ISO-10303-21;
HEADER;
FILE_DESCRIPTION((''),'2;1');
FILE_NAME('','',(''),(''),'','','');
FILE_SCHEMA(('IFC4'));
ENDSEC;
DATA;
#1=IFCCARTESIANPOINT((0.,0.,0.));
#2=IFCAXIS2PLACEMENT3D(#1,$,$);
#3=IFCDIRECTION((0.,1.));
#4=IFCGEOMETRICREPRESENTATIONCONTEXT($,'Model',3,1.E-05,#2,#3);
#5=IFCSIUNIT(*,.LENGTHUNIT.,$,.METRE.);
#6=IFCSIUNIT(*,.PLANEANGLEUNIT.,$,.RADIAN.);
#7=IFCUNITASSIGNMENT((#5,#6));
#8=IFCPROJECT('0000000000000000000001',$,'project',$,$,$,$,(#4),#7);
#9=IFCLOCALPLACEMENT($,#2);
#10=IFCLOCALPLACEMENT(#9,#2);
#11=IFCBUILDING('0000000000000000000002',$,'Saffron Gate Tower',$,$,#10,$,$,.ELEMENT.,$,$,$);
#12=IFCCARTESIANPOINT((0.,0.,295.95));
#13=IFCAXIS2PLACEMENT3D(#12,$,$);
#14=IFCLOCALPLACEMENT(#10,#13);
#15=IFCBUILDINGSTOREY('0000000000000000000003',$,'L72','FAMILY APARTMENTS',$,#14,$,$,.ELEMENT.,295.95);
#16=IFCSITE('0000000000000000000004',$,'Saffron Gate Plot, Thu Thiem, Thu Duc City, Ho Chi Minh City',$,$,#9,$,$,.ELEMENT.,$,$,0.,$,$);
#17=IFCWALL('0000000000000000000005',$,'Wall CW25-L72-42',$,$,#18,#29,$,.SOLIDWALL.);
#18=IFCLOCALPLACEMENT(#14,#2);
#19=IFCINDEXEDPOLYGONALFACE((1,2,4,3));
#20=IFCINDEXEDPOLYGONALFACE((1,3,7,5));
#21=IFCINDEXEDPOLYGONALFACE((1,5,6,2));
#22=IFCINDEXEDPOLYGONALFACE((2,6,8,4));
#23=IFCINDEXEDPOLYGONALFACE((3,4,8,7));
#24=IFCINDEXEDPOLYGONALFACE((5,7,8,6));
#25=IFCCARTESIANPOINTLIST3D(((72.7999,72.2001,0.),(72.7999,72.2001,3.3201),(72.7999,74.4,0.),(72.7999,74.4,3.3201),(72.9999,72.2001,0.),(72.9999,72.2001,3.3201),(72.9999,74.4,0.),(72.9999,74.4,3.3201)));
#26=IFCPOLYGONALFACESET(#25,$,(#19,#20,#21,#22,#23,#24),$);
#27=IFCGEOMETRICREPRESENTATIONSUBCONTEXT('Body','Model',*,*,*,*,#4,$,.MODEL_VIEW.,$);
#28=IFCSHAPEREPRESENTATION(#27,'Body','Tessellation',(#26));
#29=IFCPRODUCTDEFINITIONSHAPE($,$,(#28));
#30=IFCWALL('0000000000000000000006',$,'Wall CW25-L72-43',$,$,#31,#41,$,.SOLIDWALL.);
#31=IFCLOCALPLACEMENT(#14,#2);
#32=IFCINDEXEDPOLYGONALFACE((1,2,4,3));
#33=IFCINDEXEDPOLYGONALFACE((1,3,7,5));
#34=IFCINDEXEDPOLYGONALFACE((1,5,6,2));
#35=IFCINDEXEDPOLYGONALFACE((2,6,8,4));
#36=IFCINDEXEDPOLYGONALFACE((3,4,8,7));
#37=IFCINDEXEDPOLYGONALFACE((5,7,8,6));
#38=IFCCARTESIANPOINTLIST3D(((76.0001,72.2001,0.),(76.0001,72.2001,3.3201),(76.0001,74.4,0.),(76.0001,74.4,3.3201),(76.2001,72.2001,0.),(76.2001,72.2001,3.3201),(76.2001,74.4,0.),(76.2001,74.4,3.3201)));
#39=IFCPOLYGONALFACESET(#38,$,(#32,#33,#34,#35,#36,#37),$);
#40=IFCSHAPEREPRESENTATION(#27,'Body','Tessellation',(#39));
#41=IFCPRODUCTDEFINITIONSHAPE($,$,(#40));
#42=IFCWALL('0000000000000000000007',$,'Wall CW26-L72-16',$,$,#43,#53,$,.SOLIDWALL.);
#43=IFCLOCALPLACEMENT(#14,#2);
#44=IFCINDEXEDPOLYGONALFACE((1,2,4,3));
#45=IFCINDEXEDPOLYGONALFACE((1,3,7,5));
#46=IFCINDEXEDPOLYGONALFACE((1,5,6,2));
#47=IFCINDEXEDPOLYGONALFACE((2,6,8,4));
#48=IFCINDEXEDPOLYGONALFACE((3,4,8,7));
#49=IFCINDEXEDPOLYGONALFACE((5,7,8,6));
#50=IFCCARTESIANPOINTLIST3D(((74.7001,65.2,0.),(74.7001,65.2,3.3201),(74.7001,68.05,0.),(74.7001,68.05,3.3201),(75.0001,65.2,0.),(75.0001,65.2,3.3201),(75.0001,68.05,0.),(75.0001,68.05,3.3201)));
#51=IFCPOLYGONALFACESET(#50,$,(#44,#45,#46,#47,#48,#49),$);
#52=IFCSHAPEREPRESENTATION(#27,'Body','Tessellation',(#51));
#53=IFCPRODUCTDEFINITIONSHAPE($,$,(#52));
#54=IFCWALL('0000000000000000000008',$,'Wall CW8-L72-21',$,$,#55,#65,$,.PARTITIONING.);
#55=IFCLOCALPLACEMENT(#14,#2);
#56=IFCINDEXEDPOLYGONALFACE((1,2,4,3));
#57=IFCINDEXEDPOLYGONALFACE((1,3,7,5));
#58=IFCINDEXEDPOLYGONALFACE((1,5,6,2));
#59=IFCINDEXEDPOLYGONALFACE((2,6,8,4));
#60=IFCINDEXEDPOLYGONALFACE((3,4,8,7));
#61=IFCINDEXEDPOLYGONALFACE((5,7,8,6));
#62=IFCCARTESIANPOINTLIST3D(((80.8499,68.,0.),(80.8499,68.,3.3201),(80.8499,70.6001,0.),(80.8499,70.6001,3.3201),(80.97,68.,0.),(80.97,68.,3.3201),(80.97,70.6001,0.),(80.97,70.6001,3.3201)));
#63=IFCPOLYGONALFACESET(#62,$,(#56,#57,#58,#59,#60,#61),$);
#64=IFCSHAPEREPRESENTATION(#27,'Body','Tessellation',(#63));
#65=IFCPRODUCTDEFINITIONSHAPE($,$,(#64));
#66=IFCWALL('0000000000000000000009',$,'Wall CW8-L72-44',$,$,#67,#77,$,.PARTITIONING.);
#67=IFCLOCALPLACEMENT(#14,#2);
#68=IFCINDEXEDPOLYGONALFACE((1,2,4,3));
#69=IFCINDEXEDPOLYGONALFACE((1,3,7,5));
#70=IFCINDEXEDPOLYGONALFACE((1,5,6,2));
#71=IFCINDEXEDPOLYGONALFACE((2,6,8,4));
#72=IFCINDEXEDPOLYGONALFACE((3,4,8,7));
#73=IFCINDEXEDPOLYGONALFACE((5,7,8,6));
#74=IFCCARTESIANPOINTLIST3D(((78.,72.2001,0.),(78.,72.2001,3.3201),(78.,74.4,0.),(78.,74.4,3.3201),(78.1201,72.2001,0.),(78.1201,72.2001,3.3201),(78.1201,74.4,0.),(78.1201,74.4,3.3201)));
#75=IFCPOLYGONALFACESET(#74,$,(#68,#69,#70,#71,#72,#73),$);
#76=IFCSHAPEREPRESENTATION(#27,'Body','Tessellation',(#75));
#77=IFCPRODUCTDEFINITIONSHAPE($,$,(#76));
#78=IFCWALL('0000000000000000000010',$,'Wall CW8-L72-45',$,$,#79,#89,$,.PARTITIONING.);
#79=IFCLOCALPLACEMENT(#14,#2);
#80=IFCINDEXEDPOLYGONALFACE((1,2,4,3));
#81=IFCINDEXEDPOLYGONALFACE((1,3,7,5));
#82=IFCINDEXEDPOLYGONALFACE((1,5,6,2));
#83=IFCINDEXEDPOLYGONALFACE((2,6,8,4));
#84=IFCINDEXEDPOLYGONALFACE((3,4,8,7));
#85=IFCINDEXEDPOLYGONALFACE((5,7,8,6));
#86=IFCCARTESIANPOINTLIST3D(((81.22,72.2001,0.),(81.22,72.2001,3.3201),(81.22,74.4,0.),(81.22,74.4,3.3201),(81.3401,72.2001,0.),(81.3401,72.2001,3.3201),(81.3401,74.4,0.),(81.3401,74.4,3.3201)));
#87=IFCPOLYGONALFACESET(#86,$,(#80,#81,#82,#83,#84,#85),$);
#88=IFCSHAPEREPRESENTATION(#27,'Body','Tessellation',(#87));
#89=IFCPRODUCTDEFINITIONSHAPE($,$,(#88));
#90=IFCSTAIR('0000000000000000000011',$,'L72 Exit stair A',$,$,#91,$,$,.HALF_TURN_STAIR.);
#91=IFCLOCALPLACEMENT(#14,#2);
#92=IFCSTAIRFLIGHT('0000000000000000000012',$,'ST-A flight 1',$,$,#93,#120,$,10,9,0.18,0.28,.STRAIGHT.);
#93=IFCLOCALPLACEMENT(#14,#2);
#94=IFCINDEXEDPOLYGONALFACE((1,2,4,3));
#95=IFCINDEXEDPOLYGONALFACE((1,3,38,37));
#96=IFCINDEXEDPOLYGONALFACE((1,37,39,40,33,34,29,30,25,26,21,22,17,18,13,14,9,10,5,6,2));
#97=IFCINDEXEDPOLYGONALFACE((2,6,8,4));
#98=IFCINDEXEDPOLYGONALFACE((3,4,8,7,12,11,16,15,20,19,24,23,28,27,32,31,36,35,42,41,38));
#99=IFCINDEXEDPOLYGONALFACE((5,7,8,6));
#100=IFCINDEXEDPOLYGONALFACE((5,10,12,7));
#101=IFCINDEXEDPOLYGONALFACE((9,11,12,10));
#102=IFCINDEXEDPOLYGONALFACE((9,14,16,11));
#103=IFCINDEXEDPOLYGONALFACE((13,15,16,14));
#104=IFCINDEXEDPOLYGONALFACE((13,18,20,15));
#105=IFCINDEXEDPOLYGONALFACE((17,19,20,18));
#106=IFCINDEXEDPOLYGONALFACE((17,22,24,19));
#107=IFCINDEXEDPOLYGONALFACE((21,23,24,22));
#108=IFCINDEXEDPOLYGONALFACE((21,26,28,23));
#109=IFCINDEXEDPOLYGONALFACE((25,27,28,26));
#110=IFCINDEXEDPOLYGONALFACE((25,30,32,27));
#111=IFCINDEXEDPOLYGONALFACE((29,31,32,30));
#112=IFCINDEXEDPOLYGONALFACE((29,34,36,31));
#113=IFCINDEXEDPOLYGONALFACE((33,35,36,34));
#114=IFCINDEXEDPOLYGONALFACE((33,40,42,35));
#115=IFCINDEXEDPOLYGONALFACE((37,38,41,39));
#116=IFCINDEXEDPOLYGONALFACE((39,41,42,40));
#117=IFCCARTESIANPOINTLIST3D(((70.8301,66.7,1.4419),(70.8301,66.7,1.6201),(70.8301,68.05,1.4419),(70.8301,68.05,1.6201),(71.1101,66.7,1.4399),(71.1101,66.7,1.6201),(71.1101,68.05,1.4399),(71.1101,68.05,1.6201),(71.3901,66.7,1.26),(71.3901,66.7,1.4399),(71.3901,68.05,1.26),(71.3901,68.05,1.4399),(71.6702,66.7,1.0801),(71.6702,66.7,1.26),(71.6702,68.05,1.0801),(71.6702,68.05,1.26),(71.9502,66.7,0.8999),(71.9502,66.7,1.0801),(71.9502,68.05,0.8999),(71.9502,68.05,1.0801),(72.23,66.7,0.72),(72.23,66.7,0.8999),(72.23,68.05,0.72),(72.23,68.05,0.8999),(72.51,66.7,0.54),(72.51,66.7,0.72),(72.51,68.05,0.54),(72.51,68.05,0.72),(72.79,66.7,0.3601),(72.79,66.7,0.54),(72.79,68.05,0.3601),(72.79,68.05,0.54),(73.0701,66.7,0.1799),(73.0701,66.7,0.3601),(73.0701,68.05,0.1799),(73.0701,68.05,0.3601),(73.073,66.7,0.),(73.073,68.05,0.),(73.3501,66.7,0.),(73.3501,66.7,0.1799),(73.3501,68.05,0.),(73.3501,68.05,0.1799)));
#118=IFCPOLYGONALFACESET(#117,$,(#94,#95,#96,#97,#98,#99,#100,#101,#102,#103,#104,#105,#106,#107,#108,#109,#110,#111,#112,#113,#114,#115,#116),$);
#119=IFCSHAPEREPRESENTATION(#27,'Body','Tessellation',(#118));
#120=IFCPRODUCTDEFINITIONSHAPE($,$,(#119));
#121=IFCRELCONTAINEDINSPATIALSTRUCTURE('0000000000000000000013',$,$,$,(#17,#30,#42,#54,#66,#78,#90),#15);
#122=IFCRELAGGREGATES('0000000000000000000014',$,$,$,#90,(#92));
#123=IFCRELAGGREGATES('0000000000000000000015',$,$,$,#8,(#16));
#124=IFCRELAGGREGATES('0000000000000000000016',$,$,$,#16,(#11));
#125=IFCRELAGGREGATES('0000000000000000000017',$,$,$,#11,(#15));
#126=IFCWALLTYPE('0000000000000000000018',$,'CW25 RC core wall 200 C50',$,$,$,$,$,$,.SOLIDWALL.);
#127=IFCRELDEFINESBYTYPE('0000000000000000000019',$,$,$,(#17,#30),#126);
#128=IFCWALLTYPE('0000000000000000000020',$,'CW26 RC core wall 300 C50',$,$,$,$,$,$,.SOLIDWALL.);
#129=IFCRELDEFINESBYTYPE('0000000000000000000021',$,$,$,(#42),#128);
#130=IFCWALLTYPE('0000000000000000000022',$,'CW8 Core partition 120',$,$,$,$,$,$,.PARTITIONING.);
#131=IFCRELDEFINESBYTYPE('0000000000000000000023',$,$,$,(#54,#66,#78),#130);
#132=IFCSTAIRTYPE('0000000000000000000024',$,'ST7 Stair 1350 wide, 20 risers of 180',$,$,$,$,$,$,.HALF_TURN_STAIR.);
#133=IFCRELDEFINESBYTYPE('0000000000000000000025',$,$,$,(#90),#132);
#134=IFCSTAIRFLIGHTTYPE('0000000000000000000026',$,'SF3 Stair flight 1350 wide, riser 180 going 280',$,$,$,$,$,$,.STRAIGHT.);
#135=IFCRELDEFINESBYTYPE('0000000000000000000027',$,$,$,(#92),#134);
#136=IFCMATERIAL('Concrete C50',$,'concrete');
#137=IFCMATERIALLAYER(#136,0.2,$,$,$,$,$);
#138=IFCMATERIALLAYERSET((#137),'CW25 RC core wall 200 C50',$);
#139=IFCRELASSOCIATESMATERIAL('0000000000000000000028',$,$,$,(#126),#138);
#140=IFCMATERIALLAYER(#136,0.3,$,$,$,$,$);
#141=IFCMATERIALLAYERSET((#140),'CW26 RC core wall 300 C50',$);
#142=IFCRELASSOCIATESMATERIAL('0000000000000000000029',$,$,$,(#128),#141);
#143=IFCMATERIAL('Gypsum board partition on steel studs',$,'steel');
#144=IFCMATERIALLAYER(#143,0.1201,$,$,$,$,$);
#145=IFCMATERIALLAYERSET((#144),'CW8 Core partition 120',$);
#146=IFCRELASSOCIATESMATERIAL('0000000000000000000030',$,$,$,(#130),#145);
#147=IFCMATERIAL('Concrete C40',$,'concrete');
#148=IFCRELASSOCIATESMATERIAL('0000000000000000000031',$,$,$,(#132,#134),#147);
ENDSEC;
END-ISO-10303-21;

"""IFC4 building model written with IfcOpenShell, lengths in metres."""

from ifc_helpers import new_model, si_unit, direction, frame, frame_2d, origin, place, context, subcontext, project, spatial, polyline, rectangle, outline, extrude, material, layer, layer_set, type_object, element, aggregate, save


model = new_model("IFC4")

# Units and contexts
model_context = context("Model", 3, precision=1e-05, world=origin(), true_north=direction((0.0, 1.0)))
body_context = subcontext(model_context, "Body", "Model", "MODEL_VIEW")
ifc_project = project(units=[si_unit("LENGTHUNIT", "METRE"), si_unit("PLANEANGLEUNIT", "RADIAN")], contexts=[model_context])

# Site, building, storey
site_placement = place(None, origin())
site = spatial("IfcSite", under=ifc_project, at=site_placement, Name="Saffron Gate Plot, Thu Thiem, Thu Duc City, Ho Chi Minh City", CompositionType="ELEMENT", RefElevation=0.0)
building_placement = place(site_placement, origin())
building = spatial("IfcBuilding", under=site, at=building_placement, Name="Saffron Gate Tower", CompositionType="ELEMENT")
storey_placement = place(building_placement, frame((0.0, 0.0, 295.95)))
storey = spatial("IfcBuildingStorey", under=building, at=storey_placement, Name="L72", Description="FAMILY APARTMENTS", CompositionType="ELEMENT", Elevation=295.95)

# Shared definitions
ifc_material_1 = material(Name="Concrete C50", Category="concrete")

# Shared definitions
ifc_layer_1 = layer(ifc_material_1, 0.2)
ifc_layer_set_1 = layer_set([ifc_layer_1], Name="CW25 RC core wall 200 C50")
wall_type_1 = type_object("IfcWallType", Name="CW25 RC core wall 200 C50", PredefinedType="SOLIDWALL", material=ifc_layer_set_1)

# Walls
for number, where, z_axis, x_axis, name in (
    (1, (72.8999, 72.2, 0.0), (0.0, 0.0, 1.0), (0.0, 1.0, 0.0), "Wall CW25-L72-42"),
    (2, (76.1001, 72.2, 0.0), (0.0, 0.0, 1.0), (0.0, 1.0, 0.0), "Wall CW25-L72-43"),
):
    element("IfcWall", number, at=place(storey_placement, frame(where, z_axis=z_axis, x_axis=x_axis)), inside=storey, type_object=wall_type_1, Name=name, PredefinedType="SOLIDWALL", context=body_context, shape_type="SweptSolid", body=[
        extrude(rectangle(XDim=2.2, YDim=0.2, at=frame_2d((1.1001, 0.0))), origin(), (0.0, 0.0, 1.0), 3.3201),
    ])
ifc_layer_2 = layer(ifc_material_1, 0.3)
ifc_layer_set_2 = layer_set([ifc_layer_2], Name="CW26 RC core wall 300 C50")
wall_type_2 = type_object("IfcWallType", Name="CW26 RC core wall 300 C50", PredefinedType="SOLIDWALL", material=ifc_layer_set_2)
wall_1_placement = place(storey_placement, frame((74.8501, 65.2, 0.0), z_axis=(0.0, 0.0, 1.0), x_axis=(0.0, 1.0, 0.0)))
element("IfcWall", 3, at=wall_1_placement, inside=storey, type_object=wall_type_2, Name="Wall CW26-L72-16", PredefinedType="SOLIDWALL", context=body_context, shape_type="SweptSolid", body=[
    extrude(rectangle(XDim=2.8501, YDim=0.3, at=frame_2d((1.425, 0.0))), origin(), (0.0, 0.0, 1.0), 3.3201),
])
ifc_material_2 = material(Name="Gypsum board partition on steel studs", Category="steel")
ifc_layer_3 = layer(ifc_material_2, 0.1201)
ifc_layer_set_3 = layer_set([ifc_layer_3], Name="CW8 Core partition 120")
wall_type_3 = type_object("IfcWallType", Name="CW8 Core partition 120", PredefinedType="PARTITIONING", material=ifc_layer_set_3)
wall_2_placement = place(storey_placement, frame((80.9099, 68.0, 0.0), z_axis=(0.0, 0.0, 1.0), x_axis=(0.0, 1.0, 0.0)))
element("IfcWall", 4, at=wall_2_placement, inside=storey, type_object=wall_type_3, Name="Wall CW8-L72-21", PredefinedType="PARTITIONING", context=body_context, shape_type="SweptSolid", body=[
    extrude(rectangle(XDim=2.6001, YDim=0.1201, at=frame_2d((1.3, 0.0))), origin(), (0.0, 0.0, 1.0), 3.3201),
])
for number, where, z_axis, x_axis, name in (
    (5, (78.0601, 72.2, 0.0), (0.0, 0.0, 1.0), (0.0, 1.0, 0.0), "Wall CW8-L72-44"),
    (6, (81.28, 72.2, 0.0), (0.0, 0.0, 1.0), (0.0, 1.0, 0.0), "Wall CW8-L72-45"),
):
    element("IfcWall", number, at=place(storey_placement, frame(where, z_axis=z_axis, x_axis=x_axis)), inside=storey, type_object=wall_type_3, Name=name, PredefinedType="PARTITIONING", context=body_context, shape_type="SweptSolid", body=[
        extrude(rectangle(XDim=2.2, YDim=0.1201, at=frame_2d((1.1001, 0.0))), origin(), (0.0, 0.0, 1.0), 3.3201),
    ])

# Stair, stair flight
ifc_material_3 = material(Name="Concrete C40", Category="concrete")
stair_type = type_object("IfcStairType", Name="ST7 Stair 1350 wide, 20 risers of 180", PredefinedType="HALF_TURN_STAIR", material=ifc_material_3)
stair_placement = place(storey_placement, origin())
stair = element("IfcStair", 7, at=stair_placement, inside=storey, type_object=stair_type, Name="L72 Exit stair A", PredefinedType="HALF_TURN_STAIR")
stair_flight_type = type_object("IfcStairFlightType", Name="SF3 Stair flight 1350 wide, riser 180 going 280", PredefinedType="STRAIGHT", material=ifc_material_3)
stair_flight_placement = place(storey_placement, frame((73.3501, 67.375, 0.0), z_axis=(0.0, 0.0, 1.0), x_axis=(-1.0, 0.0, 0.0)))
stair_flight = element("IfcStairFlight", 8, at=stair_flight_placement, type_object=stair_flight_type, Name="ST-A flight 1", NumberOfRisers=10, NumberOfTreads=9, PredefinedType="STRAIGHT", RiserHeight=0.18, TreadLength=0.28, context=body_context, shape_type="SweptSolid", body=[
    extrude(outline(polyline([(0.0, 0.0), (0.0, 0.1799), (0.28, 0.1799), (0.28, 0.3601), (0.5601, 0.3601), (0.5601, 0.54), (0.8401, 0.54), (0.8401, 0.72), (1.1201, 0.72), (1.1201, 0.8999), (1.3999, 0.8999), (1.3999, 1.0801), (1.6799, 1.0801), (1.6799, 1.26), (1.96, 1.26), (1.96, 1.4399), (2.24, 1.4399), (2.24, 1.6201), (2.52, 1.6201), (2.52, 1.8), (2.52, 1.4419), (0.2771, 0.0), (0.0, 0.0)])), frame((0.0, 0.675, 0.0), z_axis=(0.0, -1.0, 0.0), x_axis=(1.0, 0.0, 0.0)), (0.0, 0.0, 1.0), 1.3501),
])
aggregate(stair, [stair_flight])

save(model, "model.ifc")
